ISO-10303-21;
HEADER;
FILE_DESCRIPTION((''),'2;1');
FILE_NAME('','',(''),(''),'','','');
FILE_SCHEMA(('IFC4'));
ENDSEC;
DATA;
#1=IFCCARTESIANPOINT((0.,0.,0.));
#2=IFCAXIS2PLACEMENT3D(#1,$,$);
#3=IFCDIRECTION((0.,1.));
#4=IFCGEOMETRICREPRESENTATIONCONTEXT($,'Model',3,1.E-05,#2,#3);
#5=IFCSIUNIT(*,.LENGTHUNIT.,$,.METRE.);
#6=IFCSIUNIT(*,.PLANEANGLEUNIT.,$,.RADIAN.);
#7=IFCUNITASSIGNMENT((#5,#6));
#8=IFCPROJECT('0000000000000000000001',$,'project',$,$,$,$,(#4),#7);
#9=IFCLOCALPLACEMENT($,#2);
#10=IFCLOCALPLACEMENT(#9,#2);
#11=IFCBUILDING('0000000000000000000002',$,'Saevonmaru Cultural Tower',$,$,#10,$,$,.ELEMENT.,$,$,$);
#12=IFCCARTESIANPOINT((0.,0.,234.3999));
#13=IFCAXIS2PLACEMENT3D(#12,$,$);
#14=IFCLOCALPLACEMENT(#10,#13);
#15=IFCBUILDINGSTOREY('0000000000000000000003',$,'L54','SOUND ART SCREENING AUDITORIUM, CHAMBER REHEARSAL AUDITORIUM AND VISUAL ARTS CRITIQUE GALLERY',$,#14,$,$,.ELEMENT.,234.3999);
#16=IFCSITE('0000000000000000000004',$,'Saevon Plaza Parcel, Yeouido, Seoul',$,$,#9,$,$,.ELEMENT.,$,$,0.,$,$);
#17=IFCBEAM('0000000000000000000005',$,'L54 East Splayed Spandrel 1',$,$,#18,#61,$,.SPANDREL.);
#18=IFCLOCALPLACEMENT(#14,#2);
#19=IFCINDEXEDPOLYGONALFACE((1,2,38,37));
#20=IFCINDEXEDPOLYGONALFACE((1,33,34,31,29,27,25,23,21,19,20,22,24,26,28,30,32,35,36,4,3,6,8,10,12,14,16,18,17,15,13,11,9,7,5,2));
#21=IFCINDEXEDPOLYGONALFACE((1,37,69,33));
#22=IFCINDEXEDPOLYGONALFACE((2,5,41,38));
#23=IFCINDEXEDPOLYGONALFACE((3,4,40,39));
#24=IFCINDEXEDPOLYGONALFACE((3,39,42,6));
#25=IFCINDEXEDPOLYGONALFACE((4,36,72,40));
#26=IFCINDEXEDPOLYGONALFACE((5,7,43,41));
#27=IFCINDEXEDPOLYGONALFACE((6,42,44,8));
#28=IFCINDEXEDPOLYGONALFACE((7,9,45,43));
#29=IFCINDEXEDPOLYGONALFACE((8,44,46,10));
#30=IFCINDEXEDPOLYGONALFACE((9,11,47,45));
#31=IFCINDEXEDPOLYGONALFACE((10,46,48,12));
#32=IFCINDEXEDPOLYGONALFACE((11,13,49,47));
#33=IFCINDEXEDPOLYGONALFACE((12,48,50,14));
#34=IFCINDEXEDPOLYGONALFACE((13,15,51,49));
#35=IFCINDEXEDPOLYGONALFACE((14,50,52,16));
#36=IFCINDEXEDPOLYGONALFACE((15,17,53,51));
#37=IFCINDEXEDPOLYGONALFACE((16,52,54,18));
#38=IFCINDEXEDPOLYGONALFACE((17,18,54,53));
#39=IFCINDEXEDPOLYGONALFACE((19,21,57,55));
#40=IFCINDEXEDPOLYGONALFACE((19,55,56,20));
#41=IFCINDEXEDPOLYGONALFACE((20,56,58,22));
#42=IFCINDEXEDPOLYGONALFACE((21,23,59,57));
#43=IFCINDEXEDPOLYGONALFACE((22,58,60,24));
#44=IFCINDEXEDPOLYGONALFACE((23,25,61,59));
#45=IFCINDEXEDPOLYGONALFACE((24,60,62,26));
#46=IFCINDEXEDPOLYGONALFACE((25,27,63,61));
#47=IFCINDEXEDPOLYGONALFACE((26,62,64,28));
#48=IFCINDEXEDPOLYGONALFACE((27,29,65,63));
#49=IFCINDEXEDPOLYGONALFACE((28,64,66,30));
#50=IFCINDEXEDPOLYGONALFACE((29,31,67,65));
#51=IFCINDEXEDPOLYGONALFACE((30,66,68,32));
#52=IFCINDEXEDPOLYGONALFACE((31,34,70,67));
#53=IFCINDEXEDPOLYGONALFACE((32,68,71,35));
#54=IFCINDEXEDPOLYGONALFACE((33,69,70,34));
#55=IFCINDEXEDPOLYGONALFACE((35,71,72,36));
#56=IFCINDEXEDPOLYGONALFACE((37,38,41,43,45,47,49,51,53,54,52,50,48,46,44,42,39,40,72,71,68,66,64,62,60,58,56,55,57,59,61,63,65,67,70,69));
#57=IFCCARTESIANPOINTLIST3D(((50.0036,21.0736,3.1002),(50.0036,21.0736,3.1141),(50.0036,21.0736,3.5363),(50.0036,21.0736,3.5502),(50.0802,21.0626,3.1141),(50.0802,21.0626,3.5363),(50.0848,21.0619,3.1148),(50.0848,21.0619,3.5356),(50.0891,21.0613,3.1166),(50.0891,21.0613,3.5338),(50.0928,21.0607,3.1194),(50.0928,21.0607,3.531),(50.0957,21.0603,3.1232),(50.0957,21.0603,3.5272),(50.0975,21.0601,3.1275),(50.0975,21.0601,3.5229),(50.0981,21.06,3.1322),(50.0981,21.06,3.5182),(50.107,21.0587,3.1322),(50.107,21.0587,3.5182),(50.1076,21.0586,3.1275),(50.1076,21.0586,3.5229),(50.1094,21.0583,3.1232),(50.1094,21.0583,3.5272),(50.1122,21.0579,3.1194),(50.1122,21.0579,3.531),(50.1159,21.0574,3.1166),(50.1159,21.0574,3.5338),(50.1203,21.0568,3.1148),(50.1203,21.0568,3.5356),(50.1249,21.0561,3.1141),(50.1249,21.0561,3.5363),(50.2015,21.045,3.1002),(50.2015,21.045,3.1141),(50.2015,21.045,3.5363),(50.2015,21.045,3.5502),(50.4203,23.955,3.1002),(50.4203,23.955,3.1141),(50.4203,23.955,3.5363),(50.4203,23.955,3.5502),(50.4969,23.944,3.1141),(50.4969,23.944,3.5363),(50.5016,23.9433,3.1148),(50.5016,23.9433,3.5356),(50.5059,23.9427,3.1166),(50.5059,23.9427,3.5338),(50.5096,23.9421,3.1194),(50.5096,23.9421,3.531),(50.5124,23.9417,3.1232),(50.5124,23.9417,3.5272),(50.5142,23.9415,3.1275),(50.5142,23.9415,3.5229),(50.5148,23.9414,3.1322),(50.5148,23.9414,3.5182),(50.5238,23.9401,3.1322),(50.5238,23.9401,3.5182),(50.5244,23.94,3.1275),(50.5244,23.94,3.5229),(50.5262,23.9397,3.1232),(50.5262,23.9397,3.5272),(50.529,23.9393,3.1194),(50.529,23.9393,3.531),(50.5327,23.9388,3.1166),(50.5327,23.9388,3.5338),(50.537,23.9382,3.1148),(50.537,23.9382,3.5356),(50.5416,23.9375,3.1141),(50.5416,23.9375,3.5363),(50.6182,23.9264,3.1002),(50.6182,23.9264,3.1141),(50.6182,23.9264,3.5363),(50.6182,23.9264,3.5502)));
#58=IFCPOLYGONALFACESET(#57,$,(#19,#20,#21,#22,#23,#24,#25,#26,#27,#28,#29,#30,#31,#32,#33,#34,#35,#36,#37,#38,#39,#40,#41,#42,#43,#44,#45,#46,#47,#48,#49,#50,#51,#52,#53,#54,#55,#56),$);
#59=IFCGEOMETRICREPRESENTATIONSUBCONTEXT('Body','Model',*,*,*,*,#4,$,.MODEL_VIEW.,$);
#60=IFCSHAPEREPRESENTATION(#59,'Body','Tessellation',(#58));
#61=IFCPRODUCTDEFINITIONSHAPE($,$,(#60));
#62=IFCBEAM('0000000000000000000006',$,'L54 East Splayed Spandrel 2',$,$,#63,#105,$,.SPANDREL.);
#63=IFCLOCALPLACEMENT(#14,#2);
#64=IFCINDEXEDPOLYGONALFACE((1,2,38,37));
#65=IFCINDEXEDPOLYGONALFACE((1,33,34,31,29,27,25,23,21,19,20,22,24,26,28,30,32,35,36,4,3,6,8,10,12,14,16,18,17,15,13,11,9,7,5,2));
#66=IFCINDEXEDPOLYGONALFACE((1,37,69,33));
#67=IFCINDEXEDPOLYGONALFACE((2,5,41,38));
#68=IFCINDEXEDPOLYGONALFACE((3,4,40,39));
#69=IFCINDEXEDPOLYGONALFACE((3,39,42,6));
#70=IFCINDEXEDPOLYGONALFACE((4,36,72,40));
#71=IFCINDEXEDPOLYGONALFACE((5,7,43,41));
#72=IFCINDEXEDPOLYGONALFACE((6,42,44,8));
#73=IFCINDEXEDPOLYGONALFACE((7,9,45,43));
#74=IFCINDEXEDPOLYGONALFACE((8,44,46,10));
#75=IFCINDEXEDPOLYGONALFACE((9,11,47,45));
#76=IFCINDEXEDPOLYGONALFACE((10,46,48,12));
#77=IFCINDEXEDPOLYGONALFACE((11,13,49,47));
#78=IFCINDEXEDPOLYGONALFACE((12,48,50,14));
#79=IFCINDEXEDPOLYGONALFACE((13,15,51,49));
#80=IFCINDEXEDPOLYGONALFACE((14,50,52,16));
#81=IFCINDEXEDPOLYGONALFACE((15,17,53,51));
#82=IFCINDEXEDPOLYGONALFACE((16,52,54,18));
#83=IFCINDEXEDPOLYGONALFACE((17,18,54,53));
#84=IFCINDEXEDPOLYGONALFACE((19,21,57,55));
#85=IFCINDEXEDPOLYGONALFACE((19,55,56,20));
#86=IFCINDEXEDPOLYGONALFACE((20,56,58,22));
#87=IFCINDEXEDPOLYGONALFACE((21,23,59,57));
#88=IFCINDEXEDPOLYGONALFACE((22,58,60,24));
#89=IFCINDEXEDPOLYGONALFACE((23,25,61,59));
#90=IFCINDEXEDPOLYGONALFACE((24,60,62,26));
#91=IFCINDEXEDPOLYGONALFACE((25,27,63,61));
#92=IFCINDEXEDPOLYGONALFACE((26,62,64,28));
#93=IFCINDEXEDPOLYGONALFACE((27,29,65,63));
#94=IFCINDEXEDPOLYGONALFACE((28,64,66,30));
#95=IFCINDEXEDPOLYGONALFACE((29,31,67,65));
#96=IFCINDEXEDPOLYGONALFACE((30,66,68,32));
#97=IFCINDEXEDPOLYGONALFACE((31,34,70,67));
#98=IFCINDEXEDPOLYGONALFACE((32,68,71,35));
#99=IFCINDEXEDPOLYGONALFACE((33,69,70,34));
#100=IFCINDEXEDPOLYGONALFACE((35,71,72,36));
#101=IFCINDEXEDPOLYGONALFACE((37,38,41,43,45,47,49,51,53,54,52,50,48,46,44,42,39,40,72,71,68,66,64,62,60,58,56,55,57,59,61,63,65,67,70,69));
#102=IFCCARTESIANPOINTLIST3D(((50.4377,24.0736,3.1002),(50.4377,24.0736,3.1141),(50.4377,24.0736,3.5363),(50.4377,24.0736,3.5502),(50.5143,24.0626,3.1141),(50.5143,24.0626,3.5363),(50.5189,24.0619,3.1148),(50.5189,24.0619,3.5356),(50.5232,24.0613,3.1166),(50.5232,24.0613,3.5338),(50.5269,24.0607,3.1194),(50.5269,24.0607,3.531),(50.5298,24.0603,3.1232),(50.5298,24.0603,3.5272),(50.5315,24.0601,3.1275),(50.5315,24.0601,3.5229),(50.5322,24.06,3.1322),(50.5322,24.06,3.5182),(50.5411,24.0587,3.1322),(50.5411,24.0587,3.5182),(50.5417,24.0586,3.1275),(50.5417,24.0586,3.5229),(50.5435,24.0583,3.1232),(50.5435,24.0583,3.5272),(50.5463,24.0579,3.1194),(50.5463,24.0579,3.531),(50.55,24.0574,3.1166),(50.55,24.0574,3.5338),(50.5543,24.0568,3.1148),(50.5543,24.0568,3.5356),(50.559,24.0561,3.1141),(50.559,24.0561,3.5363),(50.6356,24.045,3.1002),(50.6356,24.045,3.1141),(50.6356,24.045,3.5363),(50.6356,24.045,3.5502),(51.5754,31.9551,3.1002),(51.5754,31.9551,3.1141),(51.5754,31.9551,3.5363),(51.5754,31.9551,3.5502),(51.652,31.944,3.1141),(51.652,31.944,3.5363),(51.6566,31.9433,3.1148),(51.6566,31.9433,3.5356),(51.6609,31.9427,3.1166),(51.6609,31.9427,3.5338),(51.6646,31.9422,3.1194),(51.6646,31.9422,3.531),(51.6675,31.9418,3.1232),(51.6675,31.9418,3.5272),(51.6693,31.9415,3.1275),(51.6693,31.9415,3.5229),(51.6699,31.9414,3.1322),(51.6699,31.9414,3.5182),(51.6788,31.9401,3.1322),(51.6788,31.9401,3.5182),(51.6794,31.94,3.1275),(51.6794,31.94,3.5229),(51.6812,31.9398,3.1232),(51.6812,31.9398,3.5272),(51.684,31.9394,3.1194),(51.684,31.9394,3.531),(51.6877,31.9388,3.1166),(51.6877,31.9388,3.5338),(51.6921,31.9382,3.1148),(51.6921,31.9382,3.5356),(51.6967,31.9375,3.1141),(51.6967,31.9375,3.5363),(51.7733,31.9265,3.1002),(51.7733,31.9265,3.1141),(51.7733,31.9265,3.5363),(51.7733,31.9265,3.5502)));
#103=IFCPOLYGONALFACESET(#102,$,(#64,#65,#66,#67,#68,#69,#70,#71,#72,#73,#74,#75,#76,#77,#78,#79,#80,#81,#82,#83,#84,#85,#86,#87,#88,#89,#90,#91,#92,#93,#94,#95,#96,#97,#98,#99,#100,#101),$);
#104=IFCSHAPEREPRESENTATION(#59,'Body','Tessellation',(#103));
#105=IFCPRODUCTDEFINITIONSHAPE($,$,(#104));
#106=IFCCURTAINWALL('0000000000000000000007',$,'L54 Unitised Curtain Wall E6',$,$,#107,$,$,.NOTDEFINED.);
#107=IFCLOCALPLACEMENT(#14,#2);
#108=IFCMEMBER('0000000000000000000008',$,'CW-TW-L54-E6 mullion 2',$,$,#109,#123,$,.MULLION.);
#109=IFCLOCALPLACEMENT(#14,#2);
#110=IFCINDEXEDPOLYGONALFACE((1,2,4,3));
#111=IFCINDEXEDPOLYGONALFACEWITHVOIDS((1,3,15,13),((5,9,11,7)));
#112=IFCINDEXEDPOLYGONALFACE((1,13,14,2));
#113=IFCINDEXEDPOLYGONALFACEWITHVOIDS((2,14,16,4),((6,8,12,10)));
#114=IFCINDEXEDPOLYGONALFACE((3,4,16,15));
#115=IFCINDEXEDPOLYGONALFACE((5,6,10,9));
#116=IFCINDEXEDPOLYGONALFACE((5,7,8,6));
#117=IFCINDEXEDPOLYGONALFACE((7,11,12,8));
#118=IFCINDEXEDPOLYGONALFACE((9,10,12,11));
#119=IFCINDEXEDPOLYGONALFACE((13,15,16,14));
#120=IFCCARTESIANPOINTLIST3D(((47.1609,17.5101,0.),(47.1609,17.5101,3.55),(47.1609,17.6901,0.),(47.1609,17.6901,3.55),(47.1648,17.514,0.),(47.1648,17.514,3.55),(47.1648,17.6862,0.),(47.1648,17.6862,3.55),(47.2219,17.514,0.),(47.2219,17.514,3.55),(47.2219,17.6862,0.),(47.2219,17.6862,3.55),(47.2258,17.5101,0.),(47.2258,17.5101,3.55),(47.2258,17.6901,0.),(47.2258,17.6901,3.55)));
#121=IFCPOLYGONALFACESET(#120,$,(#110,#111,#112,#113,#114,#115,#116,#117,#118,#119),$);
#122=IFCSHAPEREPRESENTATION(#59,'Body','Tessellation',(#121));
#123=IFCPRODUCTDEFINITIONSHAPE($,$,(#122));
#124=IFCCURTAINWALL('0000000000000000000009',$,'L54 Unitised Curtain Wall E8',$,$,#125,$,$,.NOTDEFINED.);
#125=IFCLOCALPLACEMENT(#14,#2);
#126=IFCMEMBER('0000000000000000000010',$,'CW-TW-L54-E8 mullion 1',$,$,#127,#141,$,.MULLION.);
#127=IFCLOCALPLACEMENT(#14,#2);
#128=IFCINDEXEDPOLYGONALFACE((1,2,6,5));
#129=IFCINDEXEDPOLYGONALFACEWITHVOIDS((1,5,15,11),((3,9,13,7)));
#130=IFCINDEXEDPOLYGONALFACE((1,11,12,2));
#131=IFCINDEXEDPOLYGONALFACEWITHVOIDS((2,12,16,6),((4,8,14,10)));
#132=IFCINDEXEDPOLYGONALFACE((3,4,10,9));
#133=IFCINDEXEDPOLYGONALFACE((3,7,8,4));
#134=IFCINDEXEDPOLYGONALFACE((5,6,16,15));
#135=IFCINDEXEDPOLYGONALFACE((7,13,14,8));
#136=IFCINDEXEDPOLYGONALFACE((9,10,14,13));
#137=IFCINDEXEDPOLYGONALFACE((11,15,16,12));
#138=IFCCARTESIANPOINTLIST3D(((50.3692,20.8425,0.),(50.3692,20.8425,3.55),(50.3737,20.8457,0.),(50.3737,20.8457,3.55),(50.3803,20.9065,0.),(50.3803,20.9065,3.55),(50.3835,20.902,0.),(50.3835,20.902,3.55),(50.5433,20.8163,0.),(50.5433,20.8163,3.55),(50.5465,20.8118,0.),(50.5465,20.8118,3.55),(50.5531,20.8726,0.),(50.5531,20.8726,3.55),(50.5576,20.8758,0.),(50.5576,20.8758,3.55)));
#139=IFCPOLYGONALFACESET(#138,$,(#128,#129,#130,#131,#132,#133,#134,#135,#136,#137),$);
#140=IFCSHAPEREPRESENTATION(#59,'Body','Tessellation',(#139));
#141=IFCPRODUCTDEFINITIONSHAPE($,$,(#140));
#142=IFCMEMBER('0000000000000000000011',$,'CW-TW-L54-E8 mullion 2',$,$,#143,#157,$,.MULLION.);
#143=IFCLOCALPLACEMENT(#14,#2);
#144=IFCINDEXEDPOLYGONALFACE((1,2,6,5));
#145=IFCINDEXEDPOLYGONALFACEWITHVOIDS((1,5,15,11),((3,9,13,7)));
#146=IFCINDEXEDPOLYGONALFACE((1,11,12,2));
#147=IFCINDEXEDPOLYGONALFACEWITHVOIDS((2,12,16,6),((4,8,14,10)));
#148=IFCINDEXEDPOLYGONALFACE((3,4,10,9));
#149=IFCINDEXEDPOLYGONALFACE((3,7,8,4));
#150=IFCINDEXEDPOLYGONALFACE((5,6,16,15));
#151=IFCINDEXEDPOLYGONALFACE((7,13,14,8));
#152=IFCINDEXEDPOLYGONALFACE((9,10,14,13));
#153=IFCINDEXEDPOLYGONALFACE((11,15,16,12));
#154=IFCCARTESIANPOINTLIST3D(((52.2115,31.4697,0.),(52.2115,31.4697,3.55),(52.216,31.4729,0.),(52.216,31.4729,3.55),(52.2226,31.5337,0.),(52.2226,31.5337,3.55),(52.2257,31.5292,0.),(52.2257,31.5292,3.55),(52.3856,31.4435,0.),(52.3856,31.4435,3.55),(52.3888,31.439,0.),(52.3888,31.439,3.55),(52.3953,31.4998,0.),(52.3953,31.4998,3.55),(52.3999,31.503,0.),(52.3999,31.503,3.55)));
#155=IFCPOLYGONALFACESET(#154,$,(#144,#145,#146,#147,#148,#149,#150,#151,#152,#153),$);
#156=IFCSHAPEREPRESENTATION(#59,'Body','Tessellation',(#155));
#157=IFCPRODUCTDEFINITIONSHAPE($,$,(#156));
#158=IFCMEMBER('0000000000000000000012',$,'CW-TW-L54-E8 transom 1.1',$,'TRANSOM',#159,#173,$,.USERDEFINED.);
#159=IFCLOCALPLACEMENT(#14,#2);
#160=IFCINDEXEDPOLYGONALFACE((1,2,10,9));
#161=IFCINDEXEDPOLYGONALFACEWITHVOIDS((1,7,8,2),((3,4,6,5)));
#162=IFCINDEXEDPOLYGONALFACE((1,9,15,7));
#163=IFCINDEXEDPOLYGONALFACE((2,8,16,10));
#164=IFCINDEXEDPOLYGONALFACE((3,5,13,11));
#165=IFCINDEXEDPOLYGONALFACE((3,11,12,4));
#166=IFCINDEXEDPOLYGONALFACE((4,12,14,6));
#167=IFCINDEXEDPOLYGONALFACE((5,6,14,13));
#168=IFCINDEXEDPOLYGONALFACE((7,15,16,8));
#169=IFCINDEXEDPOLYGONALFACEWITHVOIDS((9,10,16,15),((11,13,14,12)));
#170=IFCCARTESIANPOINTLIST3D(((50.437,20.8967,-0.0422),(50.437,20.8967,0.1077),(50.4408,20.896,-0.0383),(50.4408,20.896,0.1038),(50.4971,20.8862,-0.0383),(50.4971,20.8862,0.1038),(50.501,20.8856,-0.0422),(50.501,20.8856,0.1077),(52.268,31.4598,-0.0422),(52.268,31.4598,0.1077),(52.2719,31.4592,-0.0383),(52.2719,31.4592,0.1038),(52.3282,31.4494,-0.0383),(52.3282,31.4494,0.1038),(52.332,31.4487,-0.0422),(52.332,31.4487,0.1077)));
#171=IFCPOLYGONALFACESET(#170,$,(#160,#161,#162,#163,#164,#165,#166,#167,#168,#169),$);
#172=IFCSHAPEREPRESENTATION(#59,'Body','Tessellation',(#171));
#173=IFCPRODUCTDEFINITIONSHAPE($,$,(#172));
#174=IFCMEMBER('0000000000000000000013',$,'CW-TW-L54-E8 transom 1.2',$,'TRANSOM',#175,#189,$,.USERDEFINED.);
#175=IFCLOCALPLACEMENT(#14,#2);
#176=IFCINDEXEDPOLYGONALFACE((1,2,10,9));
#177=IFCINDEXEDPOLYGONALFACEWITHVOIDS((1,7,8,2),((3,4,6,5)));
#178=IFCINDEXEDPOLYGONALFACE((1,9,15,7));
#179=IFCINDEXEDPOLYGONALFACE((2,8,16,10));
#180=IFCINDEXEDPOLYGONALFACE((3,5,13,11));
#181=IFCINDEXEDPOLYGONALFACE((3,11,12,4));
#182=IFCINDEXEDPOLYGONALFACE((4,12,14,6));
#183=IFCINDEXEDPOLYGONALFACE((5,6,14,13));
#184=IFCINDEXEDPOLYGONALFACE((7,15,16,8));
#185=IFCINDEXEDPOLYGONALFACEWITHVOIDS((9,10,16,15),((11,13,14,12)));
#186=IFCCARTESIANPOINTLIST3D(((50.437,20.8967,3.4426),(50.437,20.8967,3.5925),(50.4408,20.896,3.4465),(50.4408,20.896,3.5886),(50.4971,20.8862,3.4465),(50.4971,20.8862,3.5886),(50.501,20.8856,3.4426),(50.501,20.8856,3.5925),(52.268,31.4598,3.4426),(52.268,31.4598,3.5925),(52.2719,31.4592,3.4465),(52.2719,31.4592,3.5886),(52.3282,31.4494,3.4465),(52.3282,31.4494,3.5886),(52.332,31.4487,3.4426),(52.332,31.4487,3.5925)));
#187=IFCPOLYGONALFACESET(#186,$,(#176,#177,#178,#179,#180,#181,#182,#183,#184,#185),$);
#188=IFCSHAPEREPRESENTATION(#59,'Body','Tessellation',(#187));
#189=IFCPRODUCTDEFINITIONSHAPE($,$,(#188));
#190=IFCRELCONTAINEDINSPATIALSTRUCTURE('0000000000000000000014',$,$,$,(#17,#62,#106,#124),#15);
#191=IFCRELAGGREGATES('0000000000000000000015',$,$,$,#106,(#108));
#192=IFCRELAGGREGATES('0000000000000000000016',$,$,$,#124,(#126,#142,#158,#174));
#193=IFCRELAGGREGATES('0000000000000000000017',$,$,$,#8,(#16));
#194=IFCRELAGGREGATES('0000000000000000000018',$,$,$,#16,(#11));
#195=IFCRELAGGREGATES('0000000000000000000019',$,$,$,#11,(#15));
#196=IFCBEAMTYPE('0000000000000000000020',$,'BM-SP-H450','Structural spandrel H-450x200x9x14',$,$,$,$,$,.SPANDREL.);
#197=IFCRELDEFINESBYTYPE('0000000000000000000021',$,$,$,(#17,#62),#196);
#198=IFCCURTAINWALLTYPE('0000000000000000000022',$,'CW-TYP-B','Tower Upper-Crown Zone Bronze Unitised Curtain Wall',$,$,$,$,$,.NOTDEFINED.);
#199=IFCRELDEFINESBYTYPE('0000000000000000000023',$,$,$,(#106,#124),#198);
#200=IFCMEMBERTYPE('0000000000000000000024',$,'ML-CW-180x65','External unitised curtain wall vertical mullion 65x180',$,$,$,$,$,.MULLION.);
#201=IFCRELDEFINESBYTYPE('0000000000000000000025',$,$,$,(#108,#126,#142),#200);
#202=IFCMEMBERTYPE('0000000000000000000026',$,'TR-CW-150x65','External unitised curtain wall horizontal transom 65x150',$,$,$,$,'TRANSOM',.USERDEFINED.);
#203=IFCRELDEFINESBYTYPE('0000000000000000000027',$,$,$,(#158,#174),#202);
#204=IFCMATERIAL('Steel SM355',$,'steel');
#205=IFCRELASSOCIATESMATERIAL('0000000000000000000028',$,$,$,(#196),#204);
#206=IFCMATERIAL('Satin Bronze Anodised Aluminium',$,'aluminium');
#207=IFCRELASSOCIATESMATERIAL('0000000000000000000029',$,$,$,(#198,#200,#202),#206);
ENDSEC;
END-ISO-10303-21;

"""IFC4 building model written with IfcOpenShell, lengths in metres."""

from ifc_helpers import new_model, si_unit, direction, frame, origin, origin_2d, place, context, subcontext, project, spatial, hollow_rectangle, i_section, extrude, material, material_profile, profile_set, type_object, element, aggregate, save


model = new_model("IFC4")

# Units and contexts
model_context = context("Model", 3, precision=1e-05, world=origin(), true_north=direction((0.0, 1.0)))
body_context = subcontext(model_context, "Body", "Model", "MODEL_VIEW")
ifc_project = project(units=[si_unit("LENGTHUNIT", "METRE"), si_unit("PLANEANGLEUNIT", "RADIAN")], contexts=[model_context])

# Site, building, storey
site_placement = place(None, origin())
site = spatial("IfcSite", under=ifc_project, at=site_placement, Name="Saevon Plaza Parcel, Yeouido, Seoul", CompositionType="ELEMENT", RefElevation=0.0)
building_placement = place(site_placement, origin())
building = spatial("IfcBuilding", under=site, at=building_placement, Name="Saevonmaru Cultural Tower", CompositionType="ELEMENT")
storey_placement = place(building_placement, frame((0.0, 0.0, 234.3999)))
storey = spatial("IfcBuildingStorey", under=building, at=storey_placement, Name="L54", Description="SOUND ART SCREENING AUDITORIUM, CHAMBER REHEARSAL AUDITORIUM AND VISUAL ARTS CRITIQUE GALLERY", CompositionType="ELEMENT", Elevation=234.3999)

# Beams
ifc_material_1 = material(Name="Steel SM355", Category="steel")
ifc_material_profile_1 = material_profile(ifc_material_1, i_section(OverallWidth=0.2, OverallDepth=0.45, WebThickness=0.009, FlangeThickness=0.0139, FilletRadius=0.0181, at=origin_2d()), Name="H-450x200x9x14")
ifc_profile_set_1 = profile_set([ifc_material_profile_1], Name="Steel SM355")
beam_type_1 = type_object("IfcBeamType", Name="BM-SP-H450", Description="Structural spandrel H-450x200x9x14", PredefinedType="SPANDREL", material=ifc_profile_set_1)
beam_1_placement = place(storey_placement, frame((50.1025, 21.0593, 3.3252), z_axis=(0.143147, 0.989701, 0.0), x_axis=(-0.989701, 0.143147, 0.0)))
element("IfcBeam", 1, at=beam_1_placement, inside=storey, type_object=beam_type_1, Name="L54 East Splayed Spandrel 1", PredefinedType="SPANDREL", context=body_context, shape_type="SweptSolid", body=[
    extrude(i_section(OverallWidth=0.2, OverallDepth=0.45, WebThickness=0.009, FlangeThickness=0.0139, FilletRadius=0.0181, at=origin_2d()), origin(), (0.0, 0.0, 1.0), 2.9114),
])
beam_2_placement = place(storey_placement, frame((50.5366, 24.0593, 3.3252), z_axis=(0.142872, 0.989741, 0.0), x_axis=(-0.989741, 0.142872, 0.0)))
element("IfcBeam", 2, at=beam_2_placement, inside=storey, type_object=beam_type_1, Name="L54 East Splayed Spandrel 2", PredefinedType="SPANDREL", context=body_context, shape_type="SweptSolid", body=[
    extrude(i_section(OverallWidth=0.2, OverallDepth=0.45, WebThickness=0.009, FlangeThickness=0.0139, FilletRadius=0.0181, at=origin_2d()), origin(), (0.0, 0.0, 1.0), 7.9631),
])

# Curtain wall, member
ifc_material_2 = material(Name="Satin Bronze Anodised Aluminium", Category="aluminium")
curtain_wall_type = type_object("IfcCurtainWallType", Name="CW-TYP-B", Description="Tower Upper-Crown Zone Bronze Unitised Curtain Wall", PredefinedType="NOTDEFINED", material=ifc_material_2)
curtain_wall_1_placement = place(storey_placement, origin())
curtain_wall_1 = element("IfcCurtainWall", 3, at=curtain_wall_1_placement, inside=storey, type_object=curtain_wall_type, Name="L54 Unitised Curtain Wall E6", PredefinedType="NOTDEFINED")
ifc_material_profile_2 = material_profile(ifc_material_2, hollow_rectangle(XDim=0.0649, YDim=0.1799, WallThickness=0.0039, at=origin_2d()), Name="ALU-MULL-180x65x4")
ifc_profile_set_2 = profile_set([ifc_material_profile_2], Name="Satin Bronze Anodised Aluminium")
member_type_1 = type_object("IfcMemberType", Name="ML-CW-180x65", Description="External unitised curtain wall vertical mullion 65x180", PredefinedType="MULLION", material=ifc_profile_set_2)
member_1_placement = place(storey_placement, frame((47.1934, 17.6001, 0.0), z_axis=(0.0, 0.0, 1.0), x_axis=(1.0, 0.0, 0.0)))
member_1 = element("IfcMember", 4, at=member_1_placement, type_object=member_type_1, Name="CW-TW-L54-E6 mullion 2", PredefinedType="MULLION", context=body_context, shape_type="SweptSolid", body=[
    extrude(hollow_rectangle(XDim=0.0649, YDim=0.1799, WallThickness=0.0039, at=origin_2d()), origin(), (0.0, 0.0, 1.0), 3.55),
])

# Curtain wall, members
curtain_wall_2_placement = place(storey_placement, origin())
curtain_wall_2 = element("IfcCurtainWall", 5, at=curtain_wall_2_placement, inside=storey, type_object=curtain_wall_type, Name="L54 Unitised Curtain Wall E8", PredefinedType="NOTDEFINED")
member_2_placement = place(storey_placement, frame((50.4634, 20.8591, 0.0), z_axis=(0.0, 0.0, 1.0), x_axis=(0.17079, 0.985307, 0.0)))
member_2 = element("IfcMember", 6, at=member_2_placement, type_object=member_type_1, Name="CW-TW-L54-E8 mullion 1", PredefinedType="MULLION", context=body_context, shape_type="SweptSolid", body=[
    extrude(hollow_rectangle(XDim=0.0649, YDim=0.1799, WallThickness=0.0039, at=origin_2d()), origin(), (0.0, 0.0, 1.0), 3.55),
])
member_3_placement = place(storey_placement, frame((52.3057, 31.4863, 0.0), z_axis=(0.0, 0.0, 1.0), x_axis=(0.17079, 0.985307, 0.0)))
member_3 = element("IfcMember", 7, at=member_3_placement, type_object=member_type_1, Name="CW-TW-L54-E8 mullion 2", PredefinedType="MULLION", context=body_context, shape_type="SweptSolid", body=[
    extrude(hollow_rectangle(XDim=0.0649, YDim=0.1799, WallThickness=0.0039, at=origin_2d()), origin(), (0.0, 0.0, 1.0), 3.55),
])
ifc_material_profile_3 = material_profile(ifc_material_2, hollow_rectangle(XDim=0.0649, YDim=0.1499, WallThickness=0.0039, at=origin_2d()), Name="ALU-TRAN-150x65x4")
ifc_profile_set_3 = profile_set([ifc_material_profile_3], Name="Satin Bronze Anodised Aluminium")
member_type_2 = type_object("IfcMemberType", Name="TR-CW-150x65", Description="External unitised curtain wall horizontal transom 65x150", ElementType="TRANSOM", PredefinedType="USERDEFINED", material=ifc_profile_set_3)
member_4_placement = place(storey_placement, frame((50.469, 20.8911, 0.0327), z_axis=(0.170795, 0.985307, 0.0), x_axis=(-0.985307, 0.170795, 0.0)))
member_4 = element("IfcMember", 8, at=member_4_placement, type_object=member_type_2, Name="CW-TW-L54-E8 transom 1.1", ObjectType="TRANSOM", PredefinedType="USERDEFINED", context=body_context, shape_type="SweptSolid", body=[
    extrude(hollow_rectangle(XDim=0.0649, YDim=0.1499, WallThickness=0.0039, at=origin_2d()), origin(), (0.0, 0.0, 1.0), 10.7207),
])
member_5_placement = place(storey_placement, frame((50.469, 20.8911, 3.5176), z_axis=(0.170795, 0.985307, 0.0), x_axis=(-0.985307, 0.170795, 0.0)))
member_5 = element("IfcMember", 9, at=member_5_placement, type_object=member_type_2, Name="CW-TW-L54-E8 transom 1.2", ObjectType="TRANSOM", PredefinedType="USERDEFINED", context=body_context, shape_type="SweptSolid", body=[
    extrude(hollow_rectangle(XDim=0.0649, YDim=0.1499, WallThickness=0.0039, at=origin_2d()), origin(), (0.0, 0.0, 1.0), 10.7207),
])

aggregate(curtain_wall_1, [member_1])
aggregate(curtain_wall_2, [member_2, member_3, member_4, member_5])

save(model, "model.ifc")
